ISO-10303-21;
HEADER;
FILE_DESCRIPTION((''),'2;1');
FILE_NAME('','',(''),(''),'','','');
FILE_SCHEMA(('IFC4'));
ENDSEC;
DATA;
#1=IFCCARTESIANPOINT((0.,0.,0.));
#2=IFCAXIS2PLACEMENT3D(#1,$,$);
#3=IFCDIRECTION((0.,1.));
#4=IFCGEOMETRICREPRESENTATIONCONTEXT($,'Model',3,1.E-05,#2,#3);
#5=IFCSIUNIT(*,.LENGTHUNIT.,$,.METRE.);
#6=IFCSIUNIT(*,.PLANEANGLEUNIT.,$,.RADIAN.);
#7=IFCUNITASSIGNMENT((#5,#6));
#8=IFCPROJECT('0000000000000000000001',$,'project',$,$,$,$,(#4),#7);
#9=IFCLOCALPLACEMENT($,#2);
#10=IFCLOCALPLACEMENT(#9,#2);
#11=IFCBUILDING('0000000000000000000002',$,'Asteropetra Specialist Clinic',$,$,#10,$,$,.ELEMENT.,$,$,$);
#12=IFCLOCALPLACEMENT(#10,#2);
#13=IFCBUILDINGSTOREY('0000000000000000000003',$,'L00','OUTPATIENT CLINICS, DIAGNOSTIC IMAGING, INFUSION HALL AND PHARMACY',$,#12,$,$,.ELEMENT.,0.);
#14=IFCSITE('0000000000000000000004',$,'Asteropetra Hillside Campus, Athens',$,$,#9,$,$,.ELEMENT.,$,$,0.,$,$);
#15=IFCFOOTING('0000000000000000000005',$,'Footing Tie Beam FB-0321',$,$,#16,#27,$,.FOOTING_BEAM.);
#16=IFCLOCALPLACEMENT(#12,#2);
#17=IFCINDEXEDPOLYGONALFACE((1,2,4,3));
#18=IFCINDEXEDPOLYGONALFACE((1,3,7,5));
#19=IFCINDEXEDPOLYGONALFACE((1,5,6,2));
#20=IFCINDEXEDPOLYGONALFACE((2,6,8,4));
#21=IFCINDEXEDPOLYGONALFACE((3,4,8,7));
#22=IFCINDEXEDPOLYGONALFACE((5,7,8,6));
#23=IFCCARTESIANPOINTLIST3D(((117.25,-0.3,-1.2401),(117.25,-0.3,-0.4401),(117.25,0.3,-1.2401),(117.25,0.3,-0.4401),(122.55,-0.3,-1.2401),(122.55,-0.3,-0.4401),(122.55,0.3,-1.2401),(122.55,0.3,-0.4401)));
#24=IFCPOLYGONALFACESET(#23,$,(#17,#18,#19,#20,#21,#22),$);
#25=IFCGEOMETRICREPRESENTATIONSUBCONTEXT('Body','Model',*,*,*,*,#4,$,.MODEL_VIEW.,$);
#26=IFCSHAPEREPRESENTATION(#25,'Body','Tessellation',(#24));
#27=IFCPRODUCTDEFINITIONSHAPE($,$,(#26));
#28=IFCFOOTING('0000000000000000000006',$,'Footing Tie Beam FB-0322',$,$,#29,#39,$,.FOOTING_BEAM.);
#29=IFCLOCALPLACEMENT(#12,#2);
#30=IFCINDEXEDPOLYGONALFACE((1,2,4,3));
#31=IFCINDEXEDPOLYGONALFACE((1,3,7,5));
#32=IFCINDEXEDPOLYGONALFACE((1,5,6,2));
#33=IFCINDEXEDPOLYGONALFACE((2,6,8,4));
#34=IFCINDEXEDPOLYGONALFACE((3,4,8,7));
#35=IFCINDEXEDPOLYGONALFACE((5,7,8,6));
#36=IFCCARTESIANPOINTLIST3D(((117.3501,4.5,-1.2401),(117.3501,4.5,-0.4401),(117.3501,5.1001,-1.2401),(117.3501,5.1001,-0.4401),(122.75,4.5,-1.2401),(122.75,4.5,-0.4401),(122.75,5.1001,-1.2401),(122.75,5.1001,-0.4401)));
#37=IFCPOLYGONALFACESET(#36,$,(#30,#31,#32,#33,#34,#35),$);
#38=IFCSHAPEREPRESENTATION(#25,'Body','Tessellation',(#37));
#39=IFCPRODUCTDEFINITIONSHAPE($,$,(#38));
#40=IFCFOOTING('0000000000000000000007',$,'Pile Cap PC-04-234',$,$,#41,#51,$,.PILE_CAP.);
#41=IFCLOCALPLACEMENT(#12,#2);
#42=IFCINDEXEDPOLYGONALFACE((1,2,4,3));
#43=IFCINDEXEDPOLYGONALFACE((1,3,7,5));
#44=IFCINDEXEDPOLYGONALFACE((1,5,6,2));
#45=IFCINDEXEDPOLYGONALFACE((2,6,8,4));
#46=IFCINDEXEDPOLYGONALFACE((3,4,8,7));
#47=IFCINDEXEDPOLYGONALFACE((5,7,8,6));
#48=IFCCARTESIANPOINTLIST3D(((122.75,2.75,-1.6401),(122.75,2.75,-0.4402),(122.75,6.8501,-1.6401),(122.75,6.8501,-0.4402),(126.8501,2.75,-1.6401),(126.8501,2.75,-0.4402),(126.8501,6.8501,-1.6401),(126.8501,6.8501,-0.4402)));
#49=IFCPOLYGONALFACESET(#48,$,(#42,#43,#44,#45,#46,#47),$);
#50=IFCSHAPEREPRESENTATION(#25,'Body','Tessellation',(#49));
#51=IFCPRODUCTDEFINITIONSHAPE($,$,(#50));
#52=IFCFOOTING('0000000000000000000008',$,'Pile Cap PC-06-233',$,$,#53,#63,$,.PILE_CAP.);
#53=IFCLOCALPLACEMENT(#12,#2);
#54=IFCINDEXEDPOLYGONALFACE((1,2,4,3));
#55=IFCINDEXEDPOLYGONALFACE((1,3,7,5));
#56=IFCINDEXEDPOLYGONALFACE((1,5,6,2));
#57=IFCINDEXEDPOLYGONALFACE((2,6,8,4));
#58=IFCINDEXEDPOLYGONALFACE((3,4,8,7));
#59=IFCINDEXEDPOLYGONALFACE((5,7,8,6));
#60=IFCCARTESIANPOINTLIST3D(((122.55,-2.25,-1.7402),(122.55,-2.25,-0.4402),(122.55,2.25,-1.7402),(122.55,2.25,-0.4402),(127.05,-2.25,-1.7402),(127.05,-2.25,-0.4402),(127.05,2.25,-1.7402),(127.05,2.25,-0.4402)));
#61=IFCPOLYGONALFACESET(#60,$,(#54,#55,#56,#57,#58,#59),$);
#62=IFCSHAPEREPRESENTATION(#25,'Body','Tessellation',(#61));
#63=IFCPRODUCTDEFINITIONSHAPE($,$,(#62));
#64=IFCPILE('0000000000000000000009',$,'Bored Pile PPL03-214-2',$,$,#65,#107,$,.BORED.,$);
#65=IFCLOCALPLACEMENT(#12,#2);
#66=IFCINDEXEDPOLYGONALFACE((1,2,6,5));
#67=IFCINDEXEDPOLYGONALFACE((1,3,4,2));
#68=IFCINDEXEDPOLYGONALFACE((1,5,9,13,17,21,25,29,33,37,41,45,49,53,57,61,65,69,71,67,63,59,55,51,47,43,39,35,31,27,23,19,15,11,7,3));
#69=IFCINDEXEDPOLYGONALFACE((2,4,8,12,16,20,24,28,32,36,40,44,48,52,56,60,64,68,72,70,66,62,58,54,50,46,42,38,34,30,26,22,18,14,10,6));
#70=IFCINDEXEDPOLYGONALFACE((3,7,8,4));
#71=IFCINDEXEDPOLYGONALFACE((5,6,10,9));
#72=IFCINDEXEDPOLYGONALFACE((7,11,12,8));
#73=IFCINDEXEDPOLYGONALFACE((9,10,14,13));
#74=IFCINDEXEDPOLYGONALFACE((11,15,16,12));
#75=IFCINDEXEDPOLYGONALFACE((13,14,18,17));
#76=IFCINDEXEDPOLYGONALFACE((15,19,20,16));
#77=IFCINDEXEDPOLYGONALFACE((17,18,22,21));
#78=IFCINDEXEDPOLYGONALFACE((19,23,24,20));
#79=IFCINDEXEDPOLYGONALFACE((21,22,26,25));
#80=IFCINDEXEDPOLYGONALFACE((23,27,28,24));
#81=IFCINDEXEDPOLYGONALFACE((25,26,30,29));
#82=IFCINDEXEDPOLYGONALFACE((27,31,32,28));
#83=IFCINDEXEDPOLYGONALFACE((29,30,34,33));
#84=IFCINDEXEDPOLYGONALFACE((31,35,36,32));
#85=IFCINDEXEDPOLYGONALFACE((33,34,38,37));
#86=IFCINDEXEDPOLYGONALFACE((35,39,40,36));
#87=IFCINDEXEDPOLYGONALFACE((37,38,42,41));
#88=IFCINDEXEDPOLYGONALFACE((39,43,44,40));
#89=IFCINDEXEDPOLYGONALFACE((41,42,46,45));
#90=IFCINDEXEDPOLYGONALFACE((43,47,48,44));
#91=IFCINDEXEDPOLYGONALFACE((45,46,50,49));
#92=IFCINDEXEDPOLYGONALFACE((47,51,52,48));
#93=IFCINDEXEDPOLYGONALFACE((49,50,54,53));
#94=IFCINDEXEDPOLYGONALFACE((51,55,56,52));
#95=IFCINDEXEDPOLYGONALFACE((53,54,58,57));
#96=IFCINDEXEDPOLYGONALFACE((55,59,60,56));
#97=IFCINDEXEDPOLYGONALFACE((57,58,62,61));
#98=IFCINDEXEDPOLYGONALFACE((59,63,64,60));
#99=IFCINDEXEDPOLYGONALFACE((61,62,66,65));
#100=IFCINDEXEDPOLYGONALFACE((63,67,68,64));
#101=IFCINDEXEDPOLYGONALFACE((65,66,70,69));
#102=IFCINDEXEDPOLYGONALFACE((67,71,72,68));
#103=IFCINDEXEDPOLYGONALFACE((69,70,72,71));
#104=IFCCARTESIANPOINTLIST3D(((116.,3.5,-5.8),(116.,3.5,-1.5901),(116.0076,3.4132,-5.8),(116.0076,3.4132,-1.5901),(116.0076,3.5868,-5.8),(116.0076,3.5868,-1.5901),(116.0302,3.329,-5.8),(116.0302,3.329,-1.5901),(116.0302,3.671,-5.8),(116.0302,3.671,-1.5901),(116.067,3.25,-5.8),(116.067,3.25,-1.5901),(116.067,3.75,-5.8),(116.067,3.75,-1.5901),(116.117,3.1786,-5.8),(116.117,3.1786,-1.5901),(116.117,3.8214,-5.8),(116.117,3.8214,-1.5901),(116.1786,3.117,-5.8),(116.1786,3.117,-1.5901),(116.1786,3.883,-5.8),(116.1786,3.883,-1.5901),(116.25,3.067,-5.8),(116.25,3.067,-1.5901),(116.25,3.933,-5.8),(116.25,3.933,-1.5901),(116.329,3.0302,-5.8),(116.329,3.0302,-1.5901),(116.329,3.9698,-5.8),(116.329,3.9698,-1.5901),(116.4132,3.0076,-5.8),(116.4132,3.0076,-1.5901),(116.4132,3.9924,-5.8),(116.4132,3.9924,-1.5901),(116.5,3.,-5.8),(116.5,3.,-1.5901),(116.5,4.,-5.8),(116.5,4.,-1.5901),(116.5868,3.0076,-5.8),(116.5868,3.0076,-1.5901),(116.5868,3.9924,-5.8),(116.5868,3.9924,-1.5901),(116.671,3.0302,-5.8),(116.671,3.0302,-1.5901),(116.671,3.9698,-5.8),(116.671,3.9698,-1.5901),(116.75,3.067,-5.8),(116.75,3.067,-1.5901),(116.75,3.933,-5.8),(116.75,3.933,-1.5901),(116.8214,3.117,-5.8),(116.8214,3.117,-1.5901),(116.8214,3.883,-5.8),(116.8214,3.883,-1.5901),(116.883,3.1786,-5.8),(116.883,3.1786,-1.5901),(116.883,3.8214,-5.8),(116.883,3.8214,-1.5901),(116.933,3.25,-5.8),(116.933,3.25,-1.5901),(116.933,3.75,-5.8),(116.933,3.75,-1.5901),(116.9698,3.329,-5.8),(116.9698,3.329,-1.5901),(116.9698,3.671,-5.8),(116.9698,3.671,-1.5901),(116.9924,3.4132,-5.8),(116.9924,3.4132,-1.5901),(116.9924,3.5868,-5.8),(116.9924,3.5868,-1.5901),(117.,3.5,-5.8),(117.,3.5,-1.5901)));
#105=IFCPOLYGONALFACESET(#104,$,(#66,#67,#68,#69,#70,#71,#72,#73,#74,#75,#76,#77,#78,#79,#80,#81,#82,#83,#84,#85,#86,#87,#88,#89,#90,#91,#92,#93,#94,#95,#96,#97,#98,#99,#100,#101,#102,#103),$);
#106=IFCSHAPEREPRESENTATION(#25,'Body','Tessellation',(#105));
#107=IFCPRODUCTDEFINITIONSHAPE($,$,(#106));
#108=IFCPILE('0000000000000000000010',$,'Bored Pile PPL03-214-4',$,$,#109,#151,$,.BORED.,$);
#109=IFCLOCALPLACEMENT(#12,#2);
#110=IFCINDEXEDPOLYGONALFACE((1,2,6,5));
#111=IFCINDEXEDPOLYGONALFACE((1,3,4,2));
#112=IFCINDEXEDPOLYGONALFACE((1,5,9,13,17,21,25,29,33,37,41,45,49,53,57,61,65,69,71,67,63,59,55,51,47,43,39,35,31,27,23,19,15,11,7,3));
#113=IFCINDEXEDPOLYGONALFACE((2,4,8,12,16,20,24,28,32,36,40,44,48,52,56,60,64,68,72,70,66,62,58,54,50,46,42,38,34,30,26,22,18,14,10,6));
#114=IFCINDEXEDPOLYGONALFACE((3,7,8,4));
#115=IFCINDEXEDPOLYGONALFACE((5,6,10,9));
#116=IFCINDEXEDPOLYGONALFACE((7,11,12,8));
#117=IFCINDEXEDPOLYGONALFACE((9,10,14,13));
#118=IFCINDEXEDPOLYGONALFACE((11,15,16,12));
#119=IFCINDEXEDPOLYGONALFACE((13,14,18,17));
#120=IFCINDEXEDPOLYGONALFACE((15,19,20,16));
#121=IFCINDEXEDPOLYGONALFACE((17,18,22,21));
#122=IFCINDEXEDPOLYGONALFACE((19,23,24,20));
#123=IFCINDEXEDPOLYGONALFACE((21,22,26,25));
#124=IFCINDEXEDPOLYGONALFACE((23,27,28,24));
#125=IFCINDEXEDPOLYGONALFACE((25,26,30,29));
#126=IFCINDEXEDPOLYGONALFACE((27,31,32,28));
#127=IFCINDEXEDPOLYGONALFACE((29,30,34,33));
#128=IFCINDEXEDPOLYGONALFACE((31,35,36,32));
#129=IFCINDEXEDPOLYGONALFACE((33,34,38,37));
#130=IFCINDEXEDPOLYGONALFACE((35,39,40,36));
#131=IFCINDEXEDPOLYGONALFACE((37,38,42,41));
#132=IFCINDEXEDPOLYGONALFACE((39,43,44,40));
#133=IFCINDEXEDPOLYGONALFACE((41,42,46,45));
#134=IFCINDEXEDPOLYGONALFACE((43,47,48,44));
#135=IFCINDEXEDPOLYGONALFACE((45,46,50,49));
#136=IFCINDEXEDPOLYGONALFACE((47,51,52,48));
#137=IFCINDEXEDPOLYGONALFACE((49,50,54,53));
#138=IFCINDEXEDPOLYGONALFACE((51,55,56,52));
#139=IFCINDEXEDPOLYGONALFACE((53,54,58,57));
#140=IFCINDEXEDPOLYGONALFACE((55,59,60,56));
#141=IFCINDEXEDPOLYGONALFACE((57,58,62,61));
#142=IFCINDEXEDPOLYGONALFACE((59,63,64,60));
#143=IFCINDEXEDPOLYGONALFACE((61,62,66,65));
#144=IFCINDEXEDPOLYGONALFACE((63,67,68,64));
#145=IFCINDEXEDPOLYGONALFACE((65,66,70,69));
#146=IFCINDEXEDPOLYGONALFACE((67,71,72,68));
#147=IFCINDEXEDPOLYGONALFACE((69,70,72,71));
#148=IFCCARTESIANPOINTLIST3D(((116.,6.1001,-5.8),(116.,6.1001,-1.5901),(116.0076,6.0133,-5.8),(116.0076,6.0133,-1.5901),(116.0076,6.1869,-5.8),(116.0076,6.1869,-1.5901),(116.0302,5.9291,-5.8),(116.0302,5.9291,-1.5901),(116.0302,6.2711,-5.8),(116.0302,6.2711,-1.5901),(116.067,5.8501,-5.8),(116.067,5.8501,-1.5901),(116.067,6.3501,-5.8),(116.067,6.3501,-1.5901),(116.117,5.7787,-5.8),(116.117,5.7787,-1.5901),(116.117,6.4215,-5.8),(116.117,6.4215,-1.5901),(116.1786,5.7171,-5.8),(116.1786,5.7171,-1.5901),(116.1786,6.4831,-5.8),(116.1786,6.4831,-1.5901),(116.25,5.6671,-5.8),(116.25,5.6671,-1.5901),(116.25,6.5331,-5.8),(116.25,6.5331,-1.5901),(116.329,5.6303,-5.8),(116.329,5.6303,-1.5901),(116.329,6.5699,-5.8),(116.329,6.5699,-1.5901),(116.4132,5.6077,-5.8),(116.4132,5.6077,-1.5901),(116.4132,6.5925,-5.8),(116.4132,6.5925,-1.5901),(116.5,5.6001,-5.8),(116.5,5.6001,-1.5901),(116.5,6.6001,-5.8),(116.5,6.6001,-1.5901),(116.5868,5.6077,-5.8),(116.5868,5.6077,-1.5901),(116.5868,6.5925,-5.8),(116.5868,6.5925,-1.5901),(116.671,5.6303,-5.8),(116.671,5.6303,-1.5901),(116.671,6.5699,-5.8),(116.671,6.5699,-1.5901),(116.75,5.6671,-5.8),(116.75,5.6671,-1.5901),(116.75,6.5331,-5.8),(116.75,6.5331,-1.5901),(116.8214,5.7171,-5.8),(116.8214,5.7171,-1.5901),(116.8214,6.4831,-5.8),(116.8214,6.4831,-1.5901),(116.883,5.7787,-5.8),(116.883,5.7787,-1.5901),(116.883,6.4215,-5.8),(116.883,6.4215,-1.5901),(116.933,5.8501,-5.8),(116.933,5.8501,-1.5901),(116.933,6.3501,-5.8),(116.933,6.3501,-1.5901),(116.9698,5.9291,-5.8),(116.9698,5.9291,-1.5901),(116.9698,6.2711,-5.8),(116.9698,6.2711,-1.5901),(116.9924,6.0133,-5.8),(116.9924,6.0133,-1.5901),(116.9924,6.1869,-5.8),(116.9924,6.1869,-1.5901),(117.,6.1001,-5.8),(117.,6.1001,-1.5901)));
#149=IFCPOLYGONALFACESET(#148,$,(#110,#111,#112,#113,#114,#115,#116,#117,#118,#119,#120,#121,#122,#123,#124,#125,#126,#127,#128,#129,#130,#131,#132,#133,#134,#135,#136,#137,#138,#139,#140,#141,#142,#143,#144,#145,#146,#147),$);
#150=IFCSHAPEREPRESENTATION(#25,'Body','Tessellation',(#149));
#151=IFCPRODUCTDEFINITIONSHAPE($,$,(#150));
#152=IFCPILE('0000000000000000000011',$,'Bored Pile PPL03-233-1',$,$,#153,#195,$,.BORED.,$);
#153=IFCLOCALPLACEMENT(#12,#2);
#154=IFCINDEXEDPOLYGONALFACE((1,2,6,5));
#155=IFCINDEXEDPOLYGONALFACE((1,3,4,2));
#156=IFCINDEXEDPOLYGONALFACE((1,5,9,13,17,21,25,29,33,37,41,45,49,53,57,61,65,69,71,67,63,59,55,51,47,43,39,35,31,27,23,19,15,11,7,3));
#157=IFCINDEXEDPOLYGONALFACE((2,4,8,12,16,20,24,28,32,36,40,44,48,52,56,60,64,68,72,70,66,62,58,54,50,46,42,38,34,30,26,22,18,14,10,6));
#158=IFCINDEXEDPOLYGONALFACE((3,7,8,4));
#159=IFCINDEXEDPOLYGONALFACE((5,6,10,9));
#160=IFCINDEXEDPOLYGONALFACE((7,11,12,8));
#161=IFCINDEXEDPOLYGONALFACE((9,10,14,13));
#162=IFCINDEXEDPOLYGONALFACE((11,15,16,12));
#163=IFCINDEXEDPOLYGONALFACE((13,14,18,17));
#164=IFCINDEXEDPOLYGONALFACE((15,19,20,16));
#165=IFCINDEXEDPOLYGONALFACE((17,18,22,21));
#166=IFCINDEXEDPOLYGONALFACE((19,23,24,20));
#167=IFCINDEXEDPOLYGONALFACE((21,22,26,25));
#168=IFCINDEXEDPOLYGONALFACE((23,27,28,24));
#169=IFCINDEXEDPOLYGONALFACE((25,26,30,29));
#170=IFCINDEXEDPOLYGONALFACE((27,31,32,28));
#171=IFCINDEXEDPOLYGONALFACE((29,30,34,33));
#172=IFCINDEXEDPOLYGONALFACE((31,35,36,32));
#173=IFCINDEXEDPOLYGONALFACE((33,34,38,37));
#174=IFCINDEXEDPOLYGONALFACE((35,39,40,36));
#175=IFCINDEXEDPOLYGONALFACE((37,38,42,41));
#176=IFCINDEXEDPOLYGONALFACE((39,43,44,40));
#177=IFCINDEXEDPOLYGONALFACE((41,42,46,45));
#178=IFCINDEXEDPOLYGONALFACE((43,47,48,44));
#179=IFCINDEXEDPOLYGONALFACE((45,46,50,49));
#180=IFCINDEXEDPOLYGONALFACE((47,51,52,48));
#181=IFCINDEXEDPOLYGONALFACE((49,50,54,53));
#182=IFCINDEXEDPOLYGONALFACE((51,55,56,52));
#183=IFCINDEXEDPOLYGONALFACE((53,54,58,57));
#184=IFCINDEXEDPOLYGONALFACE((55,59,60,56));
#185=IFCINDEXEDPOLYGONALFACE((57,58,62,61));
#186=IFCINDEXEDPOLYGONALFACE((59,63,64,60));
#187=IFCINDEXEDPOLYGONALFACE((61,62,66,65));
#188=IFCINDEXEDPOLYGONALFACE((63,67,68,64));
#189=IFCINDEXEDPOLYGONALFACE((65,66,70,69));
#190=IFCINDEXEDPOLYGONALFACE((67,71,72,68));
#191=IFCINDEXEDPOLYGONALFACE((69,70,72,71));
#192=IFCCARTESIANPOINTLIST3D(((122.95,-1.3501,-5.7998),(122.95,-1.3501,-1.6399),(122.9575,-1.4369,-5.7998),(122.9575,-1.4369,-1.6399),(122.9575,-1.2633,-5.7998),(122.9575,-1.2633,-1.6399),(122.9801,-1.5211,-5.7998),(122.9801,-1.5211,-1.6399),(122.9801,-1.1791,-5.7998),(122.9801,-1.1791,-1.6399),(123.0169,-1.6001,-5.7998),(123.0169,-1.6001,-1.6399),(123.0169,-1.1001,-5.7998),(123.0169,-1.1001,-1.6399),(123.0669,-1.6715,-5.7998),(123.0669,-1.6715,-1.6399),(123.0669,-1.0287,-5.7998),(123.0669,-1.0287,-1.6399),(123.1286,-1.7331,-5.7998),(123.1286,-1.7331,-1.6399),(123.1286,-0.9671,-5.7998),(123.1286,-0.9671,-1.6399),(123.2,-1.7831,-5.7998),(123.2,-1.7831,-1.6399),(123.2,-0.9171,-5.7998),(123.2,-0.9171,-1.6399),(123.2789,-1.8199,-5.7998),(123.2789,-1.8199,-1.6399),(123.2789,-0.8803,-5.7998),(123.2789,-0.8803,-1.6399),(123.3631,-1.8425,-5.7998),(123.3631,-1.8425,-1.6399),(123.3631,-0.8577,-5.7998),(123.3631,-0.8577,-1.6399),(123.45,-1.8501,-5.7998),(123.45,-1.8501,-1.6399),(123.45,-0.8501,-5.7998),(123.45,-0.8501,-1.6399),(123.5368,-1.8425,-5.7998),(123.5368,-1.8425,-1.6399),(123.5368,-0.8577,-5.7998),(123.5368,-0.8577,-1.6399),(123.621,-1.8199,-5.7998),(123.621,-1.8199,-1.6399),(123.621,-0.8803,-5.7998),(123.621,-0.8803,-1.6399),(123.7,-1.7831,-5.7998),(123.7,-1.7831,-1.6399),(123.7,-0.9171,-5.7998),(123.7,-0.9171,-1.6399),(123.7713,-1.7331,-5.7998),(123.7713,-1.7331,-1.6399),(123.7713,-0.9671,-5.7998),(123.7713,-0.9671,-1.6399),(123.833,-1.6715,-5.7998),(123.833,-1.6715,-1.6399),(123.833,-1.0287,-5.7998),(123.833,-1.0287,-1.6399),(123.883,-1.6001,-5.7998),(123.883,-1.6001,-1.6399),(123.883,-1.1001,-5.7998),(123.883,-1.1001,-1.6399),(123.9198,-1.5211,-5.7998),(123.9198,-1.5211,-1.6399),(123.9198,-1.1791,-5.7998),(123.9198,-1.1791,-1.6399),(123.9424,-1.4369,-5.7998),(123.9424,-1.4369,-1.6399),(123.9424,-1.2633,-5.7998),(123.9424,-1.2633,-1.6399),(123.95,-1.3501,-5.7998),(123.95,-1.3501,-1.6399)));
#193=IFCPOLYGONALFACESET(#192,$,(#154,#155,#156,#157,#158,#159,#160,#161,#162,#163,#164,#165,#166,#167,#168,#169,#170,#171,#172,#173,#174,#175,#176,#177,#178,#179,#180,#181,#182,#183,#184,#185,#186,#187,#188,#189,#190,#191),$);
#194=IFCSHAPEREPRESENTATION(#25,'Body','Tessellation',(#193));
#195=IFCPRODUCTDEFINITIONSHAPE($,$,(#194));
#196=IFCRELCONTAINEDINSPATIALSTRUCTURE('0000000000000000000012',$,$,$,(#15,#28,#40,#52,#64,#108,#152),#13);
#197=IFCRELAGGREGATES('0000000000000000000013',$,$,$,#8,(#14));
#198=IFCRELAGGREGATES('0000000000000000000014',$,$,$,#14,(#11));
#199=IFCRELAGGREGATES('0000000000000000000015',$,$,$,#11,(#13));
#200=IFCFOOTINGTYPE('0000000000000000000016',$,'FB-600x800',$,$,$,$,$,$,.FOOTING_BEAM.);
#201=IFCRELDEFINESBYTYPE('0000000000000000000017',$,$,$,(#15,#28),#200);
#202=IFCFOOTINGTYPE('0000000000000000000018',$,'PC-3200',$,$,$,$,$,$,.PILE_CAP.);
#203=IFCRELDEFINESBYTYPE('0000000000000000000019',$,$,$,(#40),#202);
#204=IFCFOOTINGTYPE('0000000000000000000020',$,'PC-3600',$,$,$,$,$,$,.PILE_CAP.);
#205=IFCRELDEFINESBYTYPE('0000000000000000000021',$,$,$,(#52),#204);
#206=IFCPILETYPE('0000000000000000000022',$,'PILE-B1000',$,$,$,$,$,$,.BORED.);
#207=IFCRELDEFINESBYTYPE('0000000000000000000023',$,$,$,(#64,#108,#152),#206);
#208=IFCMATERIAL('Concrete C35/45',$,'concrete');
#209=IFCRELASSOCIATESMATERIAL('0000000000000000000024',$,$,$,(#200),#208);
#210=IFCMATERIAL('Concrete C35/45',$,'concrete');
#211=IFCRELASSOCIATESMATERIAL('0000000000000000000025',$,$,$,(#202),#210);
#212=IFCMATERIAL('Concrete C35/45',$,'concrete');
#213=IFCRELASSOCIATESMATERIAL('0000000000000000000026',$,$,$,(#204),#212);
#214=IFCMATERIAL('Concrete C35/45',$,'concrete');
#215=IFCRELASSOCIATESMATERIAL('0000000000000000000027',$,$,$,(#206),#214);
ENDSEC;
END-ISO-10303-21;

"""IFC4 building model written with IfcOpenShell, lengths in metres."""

from ifc_helpers import new_model, si_unit, direction, frame, origin, origin_2d, place, context, subcontext, project, spatial, rectangle, circle, extrude, material, material_profile, profile_set, type_object, element, save


model = new_model("IFC4")

# Units and contexts
model_context = context("Model", 3, precision=1e-05, world=origin(), true_north=direction((0.0, 1.0)))
body_context = subcontext(model_context, "Body", "Model", "MODEL_VIEW")
ifc_project = project(units=[si_unit("LENGTHUNIT", "METRE"), si_unit("PLANEANGLEUNIT", "RADIAN")], contexts=[model_context])

# Site, building, storey
site_placement = place(None, origin())
site = spatial("IfcSite", under=ifc_project, at=site_placement, Name="Asteropetra Hillside Campus, Athens", CompositionType="ELEMENT", RefElevation=0.0)
building_placement = place(site_placement, origin())
building = spatial("IfcBuilding", under=site, at=building_placement, Name="Asteropetra Specialist Clinic", CompositionType="ELEMENT")
storey_placement = place(building_placement, origin())
storey = spatial("IfcBuildingStorey", under=building, at=storey_placement, Name="L00", Description="OUTPATIENT CLINICS, DIAGNOSTIC IMAGING, INFUSION HALL AND PHARMACY", CompositionType="ELEMENT", Elevation=0.0)

# Footings
ifc_material_1 = material(Name="Concrete C35/45", Category="concrete")
ifc_material_profile_1 = material_profile(ifc_material_1, rectangle(XDim=0.6001, YDim=0.8, at=origin_2d()), Name="FB 600x800")
ifc_profile_set_1 = profile_set([ifc_material_profile_1], Name="Concrete C35/45")
footing_type_1 = type_object("IfcFootingType", Name="FB-600x800", PredefinedType="FOOTING_BEAM", material=ifc_profile_set_1)
footing_1_placement = place(storey_placement, frame((117.25, 0.0, -0.8401), z_axis=(1.0, 0.0, 0.0), x_axis=(0.0, 1.0, 0.0)))
element("IfcFooting", 1, at=footing_1_placement, inside=storey, type_object=footing_type_1, Name="Footing Tie Beam FB-0321", PredefinedType="FOOTING_BEAM", context=body_context, shape_type="SweptSolid", body=[
    extrude(rectangle(XDim=0.6001, YDim=0.8, at=origin_2d()), origin(), (0.0, 0.0, 1.0), 5.3),
])
footing_2_placement = place(storey_placement, frame((117.3501, 4.8, -0.8401), z_axis=(1.0, 0.0, 0.0), x_axis=(0.0, 1.0, 0.0)))
element("IfcFooting", 2, at=footing_2_placement, inside=storey, type_object=footing_type_1, Name="Footing Tie Beam FB-0322", PredefinedType="FOOTING_BEAM", context=body_context, shape_type="SweptSolid", body=[
    extrude(rectangle(XDim=0.6001, YDim=0.8, at=origin_2d()), origin(), (0.0, 0.0, 1.0), 5.3999),
])
ifc_material_2 = material(Name="Concrete C35/45", Category="concrete")
footing_type_2 = type_object("IfcFootingType", Name="PC-3200", PredefinedType="PILE_CAP", material=ifc_material_2)
footing_3_placement = place(storey_placement, frame((124.8, 4.8, -1.6401), z_axis=(0.0, 0.0, 1.0), x_axis=(1.0, 0.0, 0.0)))
element("IfcFooting", 3, at=footing_3_placement, inside=storey, type_object=footing_type_2, Name="Pile Cap PC-04-234", PredefinedType="PILE_CAP", context=body_context, shape_type="SweptSolid", body=[
    extrude(rectangle(XDim=4.1001, YDim=4.1001, at=origin_2d()), origin(), (0.0, 0.0, 1.0), 1.2),
])
ifc_material_3 = material(Name="Concrete C35/45", Category="concrete")
footing_type_3 = type_object("IfcFootingType", Name="PC-3600", PredefinedType="PILE_CAP", material=ifc_material_3)
footing_4_placement = place(storey_placement, frame((124.8, 0.0, -1.7402), z_axis=(0.0, 0.0, 1.0), x_axis=(1.0, 0.0, 0.0)))
element("IfcFooting", 4, at=footing_4_placement, inside=storey, type_object=footing_type_3, Name="Pile Cap PC-06-233", PredefinedType="PILE_CAP", context=body_context, shape_type="SweptSolid", body=[
    extrude(rectangle(XDim=4.5, YDim=4.5, at=origin_2d()), origin(), (0.0, 0.0, 1.0), 1.3),
])

# Piles
ifc_material_4 = material(Name="Concrete C35/45", Category="concrete")
ifc_material_profile_2 = material_profile(ifc_material_4, circle(Radius=0.5, at=origin_2d()), Name="PILE D1000")
ifc_profile_set_2 = profile_set([ifc_material_profile_2], Name="Concrete C35/45")
pile_type_1 = type_object("IfcPileType", Name="PILE-B1000", PredefinedType="BORED", material=ifc_profile_set_2)
for number, where, z_axis, x_axis, name in (
    (5, (116.5, 3.5, -1.5901), (0.0, 0.0, -1.0), (1.0, 0.0, 0.0), "Bored Pile PPL03-214-2"),
    (6, (116.5, 6.1001, -1.5901), (0.0, 0.0, -1.0), (1.0, 0.0, 0.0), "Bored Pile PPL03-214-4"),
):
    element("IfcPile", number, at=place(storey_placement, frame(where, z_axis=z_axis, x_axis=x_axis)), inside=storey, type_object=pile_type_1, Name=name, PredefinedType="BORED", context=body_context, shape_type="SweptSolid", body=[
        extrude(circle(Radius=0.5, at=origin_2d()), origin(), (0.0, 0.0, 1.0), 4.21),
    ])
for number, where, z_axis, x_axis, name in (
    (7, (123.45, -1.3501, -1.6399), (0.0, 0.0, -1.0), (1.0, 0.0, 0.0), "Bored Pile PPL03-233-1"),
):
    element("IfcPile", number, at=place(storey_placement, frame(where, z_axis=z_axis, x_axis=x_axis)), inside=storey, type_object=pile_type_1, Name=name, PredefinedType="BORED", context=body_context, shape_type="SweptSolid", body=[
        extrude(circle(Radius=0.5, at=origin_2d()), origin(), (0.0, 0.0, 1.0), 4.1599),
    ])

save(model, "model.ifc")
